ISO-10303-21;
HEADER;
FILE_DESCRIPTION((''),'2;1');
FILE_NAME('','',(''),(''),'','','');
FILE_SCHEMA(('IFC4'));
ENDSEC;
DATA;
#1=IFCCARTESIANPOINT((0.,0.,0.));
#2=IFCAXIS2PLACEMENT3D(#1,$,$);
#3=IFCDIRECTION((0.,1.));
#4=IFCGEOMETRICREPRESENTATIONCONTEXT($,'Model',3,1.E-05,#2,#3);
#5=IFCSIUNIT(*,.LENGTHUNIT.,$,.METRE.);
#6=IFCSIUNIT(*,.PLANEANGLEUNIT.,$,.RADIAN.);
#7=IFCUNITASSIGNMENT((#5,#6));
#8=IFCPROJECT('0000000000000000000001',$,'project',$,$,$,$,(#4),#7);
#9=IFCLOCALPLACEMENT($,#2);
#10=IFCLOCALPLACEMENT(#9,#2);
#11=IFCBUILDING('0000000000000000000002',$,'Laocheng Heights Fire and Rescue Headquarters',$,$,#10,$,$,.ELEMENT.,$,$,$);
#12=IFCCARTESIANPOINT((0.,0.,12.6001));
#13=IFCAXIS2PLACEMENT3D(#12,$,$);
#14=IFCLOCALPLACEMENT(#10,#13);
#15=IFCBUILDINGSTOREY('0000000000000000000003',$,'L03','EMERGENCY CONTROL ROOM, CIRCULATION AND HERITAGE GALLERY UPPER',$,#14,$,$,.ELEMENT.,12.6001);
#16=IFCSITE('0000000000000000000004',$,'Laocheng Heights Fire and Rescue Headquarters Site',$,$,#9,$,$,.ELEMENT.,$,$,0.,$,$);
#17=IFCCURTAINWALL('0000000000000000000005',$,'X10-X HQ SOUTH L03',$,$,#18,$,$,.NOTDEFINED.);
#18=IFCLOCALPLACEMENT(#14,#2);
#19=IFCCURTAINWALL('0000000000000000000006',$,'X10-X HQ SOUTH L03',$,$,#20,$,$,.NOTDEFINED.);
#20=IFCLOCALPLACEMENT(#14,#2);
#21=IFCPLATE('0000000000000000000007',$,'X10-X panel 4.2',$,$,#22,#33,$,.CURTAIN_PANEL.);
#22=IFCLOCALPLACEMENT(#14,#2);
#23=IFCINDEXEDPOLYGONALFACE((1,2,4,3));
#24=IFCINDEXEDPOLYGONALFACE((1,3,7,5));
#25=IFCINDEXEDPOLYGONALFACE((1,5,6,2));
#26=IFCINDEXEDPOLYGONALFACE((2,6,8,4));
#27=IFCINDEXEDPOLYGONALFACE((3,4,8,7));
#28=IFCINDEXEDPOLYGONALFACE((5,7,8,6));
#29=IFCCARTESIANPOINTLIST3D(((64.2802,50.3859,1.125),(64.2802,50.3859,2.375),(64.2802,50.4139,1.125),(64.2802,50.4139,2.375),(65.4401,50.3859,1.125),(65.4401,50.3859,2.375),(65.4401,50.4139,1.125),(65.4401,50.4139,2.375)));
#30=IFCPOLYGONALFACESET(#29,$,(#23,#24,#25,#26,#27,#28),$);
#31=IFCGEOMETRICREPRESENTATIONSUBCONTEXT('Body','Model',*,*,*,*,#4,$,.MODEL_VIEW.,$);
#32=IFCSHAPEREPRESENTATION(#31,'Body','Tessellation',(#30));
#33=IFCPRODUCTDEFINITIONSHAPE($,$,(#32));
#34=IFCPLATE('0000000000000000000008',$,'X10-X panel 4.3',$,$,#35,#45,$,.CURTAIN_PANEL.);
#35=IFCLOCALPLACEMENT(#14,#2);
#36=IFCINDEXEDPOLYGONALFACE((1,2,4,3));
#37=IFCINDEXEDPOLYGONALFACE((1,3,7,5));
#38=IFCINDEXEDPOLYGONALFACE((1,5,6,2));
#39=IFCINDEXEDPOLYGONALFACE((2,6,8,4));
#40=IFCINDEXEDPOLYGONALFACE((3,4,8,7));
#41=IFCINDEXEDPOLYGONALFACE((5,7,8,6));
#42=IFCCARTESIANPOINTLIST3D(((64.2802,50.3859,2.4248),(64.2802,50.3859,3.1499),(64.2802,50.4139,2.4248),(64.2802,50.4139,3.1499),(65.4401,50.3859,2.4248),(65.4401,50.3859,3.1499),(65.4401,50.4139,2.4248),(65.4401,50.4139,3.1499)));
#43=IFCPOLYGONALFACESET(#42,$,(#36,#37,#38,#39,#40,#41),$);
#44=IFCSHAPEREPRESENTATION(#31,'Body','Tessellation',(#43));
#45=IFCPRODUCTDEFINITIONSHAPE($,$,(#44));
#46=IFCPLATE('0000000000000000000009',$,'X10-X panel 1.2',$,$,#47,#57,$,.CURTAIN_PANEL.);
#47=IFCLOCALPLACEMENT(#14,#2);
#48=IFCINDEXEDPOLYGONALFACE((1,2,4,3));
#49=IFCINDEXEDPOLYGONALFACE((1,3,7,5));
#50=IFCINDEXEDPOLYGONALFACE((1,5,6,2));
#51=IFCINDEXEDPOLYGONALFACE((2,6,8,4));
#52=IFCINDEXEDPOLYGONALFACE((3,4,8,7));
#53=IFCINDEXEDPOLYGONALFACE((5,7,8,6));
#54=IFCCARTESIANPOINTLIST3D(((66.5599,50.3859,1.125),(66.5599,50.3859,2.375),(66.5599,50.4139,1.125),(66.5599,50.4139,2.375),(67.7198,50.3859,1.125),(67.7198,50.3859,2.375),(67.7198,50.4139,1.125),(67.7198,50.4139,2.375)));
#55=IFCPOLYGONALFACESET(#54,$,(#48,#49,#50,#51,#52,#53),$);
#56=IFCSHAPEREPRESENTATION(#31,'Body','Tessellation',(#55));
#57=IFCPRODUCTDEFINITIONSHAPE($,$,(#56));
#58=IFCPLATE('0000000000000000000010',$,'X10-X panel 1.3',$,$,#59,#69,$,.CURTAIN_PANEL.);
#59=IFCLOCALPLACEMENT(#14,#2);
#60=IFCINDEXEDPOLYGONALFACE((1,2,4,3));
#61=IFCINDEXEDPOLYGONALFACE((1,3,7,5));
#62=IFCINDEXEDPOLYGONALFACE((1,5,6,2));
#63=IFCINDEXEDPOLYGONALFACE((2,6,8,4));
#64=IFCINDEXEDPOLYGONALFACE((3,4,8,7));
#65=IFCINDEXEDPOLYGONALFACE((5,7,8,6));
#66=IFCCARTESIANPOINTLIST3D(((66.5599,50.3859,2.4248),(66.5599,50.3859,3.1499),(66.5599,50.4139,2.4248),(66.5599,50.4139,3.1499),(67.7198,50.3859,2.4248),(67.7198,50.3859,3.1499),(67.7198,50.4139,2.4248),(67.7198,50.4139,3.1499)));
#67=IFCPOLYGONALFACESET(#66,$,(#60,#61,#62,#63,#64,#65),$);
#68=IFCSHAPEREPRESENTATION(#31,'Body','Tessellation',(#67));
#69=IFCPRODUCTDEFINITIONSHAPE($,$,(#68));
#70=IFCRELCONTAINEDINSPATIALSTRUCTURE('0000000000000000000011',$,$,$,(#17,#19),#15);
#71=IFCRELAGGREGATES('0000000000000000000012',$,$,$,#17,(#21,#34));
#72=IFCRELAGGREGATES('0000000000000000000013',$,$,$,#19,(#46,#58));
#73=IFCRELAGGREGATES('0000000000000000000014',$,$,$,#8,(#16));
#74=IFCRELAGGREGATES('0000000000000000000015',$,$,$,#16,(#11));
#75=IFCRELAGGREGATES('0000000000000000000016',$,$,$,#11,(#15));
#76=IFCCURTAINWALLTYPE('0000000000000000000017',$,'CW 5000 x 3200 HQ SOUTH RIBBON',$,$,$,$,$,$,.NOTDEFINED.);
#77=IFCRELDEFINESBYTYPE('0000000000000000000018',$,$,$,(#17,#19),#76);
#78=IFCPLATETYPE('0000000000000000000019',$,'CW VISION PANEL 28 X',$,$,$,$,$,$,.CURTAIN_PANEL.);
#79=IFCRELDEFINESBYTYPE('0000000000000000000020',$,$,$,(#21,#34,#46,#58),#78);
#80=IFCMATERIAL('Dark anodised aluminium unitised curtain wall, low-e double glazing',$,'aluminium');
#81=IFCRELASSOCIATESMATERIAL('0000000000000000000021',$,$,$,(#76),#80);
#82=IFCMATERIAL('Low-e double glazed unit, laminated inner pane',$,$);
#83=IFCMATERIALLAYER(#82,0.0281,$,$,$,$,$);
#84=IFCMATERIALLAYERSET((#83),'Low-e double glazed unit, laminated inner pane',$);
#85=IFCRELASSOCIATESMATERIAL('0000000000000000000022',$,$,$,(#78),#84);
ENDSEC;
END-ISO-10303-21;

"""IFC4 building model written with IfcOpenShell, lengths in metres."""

from ifc_helpers import new_model, si_unit, direction, frame, origin, origin_2d, place, context, subcontext, project, spatial, rectangle, extrude, material, layer, layer_set, type_object, element, aggregate, save


model = new_model("IFC4")

# Units and contexts
model_context = context("Model", 3, precision=1e-05, world=origin(), true_north=direction((0.0, 1.0)))
body_context = subcontext(model_context, "Body", "Model", "MODEL_VIEW")
ifc_project = project(units=[si_unit("LENGTHUNIT", "METRE"), si_unit("PLANEANGLEUNIT", "RADIAN")], contexts=[model_context])

# Site, building, storey
site_placement = place(None, origin())
site = spatial("IfcSite", under=ifc_project, at=site_placement, Name="Laocheng Heights Fire and Rescue Headquarters Site", CompositionType="ELEMENT", RefElevation=0.0)
building_placement = place(site_placement, origin())
building = spatial("IfcBuilding", under=site, at=building_placement, Name="Laocheng Heights Fire and Rescue Headquarters", CompositionType="ELEMENT")
storey_placement = place(building_placement, frame((0.0, 0.0, 12.6001)))
storey = spatial("IfcBuildingStorey", under=building, at=storey_placement, Name="L03", Description="EMERGENCY CONTROL ROOM, CIRCULATION AND HERITAGE GALLERY UPPER", CompositionType="ELEMENT", Elevation=12.6001)

# Curtain walls
ifc_material_1 = material(Name="Dark anodised aluminium unitised curtain wall, low-e double glazing", Category="aluminium")
curtain_wall_type = type_object("IfcCurtainWallType", Name="CW 5000 x 3200 HQ SOUTH RIBBON", PredefinedType="NOTDEFINED", material=ifc_material_1)
curtain_wall_1_placement = place(storey_placement, origin())
curtain_wall_1 = element("IfcCurtainWall", 1, at=curtain_wall_1_placement, inside=storey, type_object=curtain_wall_type, Name="X10-X HQ SOUTH L03", PredefinedType="NOTDEFINED")
curtain_wall_2_placement = place(storey_placement, origin())
curtain_wall_2 = element("IfcCurtainWall", 2, at=curtain_wall_2_placement, inside=storey, type_object=curtain_wall_type, Name="X10-X HQ SOUTH L03", PredefinedType="NOTDEFINED")

# Plates
ifc_material_2 = material(Name="Low-e double glazed unit, laminated inner pane")
ifc_layer_1 = layer(ifc_material_2, 0.0281)
ifc_layer_set_1 = layer_set([ifc_layer_1], Name="Low-e double glazed unit, laminated inner pane")
plate_type_1 = type_object("IfcPlateType", Name="CW VISION PANEL 28 X", PredefinedType="CURTAIN_PANEL", material=ifc_layer_set_1)
plate_1_placement = place(storey_placement, frame((64.8601, 50.3999, 1.125), z_axis=(0.0, 0.0, 1.0), x_axis=(1.0, 0.0, 0.0)))
plate_1 = element("IfcPlate", 3, at=plate_1_placement, type_object=plate_type_1, Name="X10-X panel 4.2", PredefinedType="CURTAIN_PANEL", context=body_context, shape_type="SweptSolid", body=[
    extrude(rectangle(XDim=1.1599, YDim=0.0281, at=origin_2d()), origin(), (0.0, 0.0, 1.0), 1.25),
])
plate_2_placement = place(storey_placement, frame((64.8601, 50.3999, 2.4248), z_axis=(0.0, 0.0, 1.0), x_axis=(1.0, 0.0, 0.0)))
plate_2 = element("IfcPlate", 4, at=plate_2_placement, type_object=plate_type_1, Name="X10-X panel 4.3", PredefinedType="CURTAIN_PANEL", context=body_context, shape_type="SweptSolid", body=[
    extrude(rectangle(XDim=1.1599, YDim=0.0281, at=origin_2d()), origin(), (0.0, 0.0, 1.0), 0.7251),
])
aggregate(curtain_wall_1, [plate_1, plate_2])
plate_3_placement = place(storey_placement, frame((67.1399, 50.3999, 1.125), z_axis=(0.0, 0.0, 1.0), x_axis=(1.0, 0.0, 0.0)))
plate_3 = element("IfcPlate", 5, at=plate_3_placement, type_object=plate_type_1, Name="X10-X panel 1.2", PredefinedType="CURTAIN_PANEL", context=body_context, shape_type="SweptSolid", body=[
    extrude(rectangle(XDim=1.1599, YDim=0.0281, at=origin_2d()), origin(), (0.0, 0.0, 1.0), 1.25),
])
plate_4_placement = place(storey_placement, frame((67.1399, 50.3999, 2.4248), z_axis=(0.0, 0.0, 1.0), x_axis=(1.0, 0.0, 0.0)))
plate_4 = element("IfcPlate", 6, at=plate_4_placement, type_object=plate_type_1, Name="X10-X panel 1.3", PredefinedType="CURTAIN_PANEL", context=body_context, shape_type="SweptSolid", body=[
    extrude(rectangle(XDim=1.1599, YDim=0.0281, at=origin_2d()), origin(), (0.0, 0.0, 1.0), 0.7251),
])
aggregate(curtain_wall_2, [plate_3, plate_4])

save(model, "model.ifc")
